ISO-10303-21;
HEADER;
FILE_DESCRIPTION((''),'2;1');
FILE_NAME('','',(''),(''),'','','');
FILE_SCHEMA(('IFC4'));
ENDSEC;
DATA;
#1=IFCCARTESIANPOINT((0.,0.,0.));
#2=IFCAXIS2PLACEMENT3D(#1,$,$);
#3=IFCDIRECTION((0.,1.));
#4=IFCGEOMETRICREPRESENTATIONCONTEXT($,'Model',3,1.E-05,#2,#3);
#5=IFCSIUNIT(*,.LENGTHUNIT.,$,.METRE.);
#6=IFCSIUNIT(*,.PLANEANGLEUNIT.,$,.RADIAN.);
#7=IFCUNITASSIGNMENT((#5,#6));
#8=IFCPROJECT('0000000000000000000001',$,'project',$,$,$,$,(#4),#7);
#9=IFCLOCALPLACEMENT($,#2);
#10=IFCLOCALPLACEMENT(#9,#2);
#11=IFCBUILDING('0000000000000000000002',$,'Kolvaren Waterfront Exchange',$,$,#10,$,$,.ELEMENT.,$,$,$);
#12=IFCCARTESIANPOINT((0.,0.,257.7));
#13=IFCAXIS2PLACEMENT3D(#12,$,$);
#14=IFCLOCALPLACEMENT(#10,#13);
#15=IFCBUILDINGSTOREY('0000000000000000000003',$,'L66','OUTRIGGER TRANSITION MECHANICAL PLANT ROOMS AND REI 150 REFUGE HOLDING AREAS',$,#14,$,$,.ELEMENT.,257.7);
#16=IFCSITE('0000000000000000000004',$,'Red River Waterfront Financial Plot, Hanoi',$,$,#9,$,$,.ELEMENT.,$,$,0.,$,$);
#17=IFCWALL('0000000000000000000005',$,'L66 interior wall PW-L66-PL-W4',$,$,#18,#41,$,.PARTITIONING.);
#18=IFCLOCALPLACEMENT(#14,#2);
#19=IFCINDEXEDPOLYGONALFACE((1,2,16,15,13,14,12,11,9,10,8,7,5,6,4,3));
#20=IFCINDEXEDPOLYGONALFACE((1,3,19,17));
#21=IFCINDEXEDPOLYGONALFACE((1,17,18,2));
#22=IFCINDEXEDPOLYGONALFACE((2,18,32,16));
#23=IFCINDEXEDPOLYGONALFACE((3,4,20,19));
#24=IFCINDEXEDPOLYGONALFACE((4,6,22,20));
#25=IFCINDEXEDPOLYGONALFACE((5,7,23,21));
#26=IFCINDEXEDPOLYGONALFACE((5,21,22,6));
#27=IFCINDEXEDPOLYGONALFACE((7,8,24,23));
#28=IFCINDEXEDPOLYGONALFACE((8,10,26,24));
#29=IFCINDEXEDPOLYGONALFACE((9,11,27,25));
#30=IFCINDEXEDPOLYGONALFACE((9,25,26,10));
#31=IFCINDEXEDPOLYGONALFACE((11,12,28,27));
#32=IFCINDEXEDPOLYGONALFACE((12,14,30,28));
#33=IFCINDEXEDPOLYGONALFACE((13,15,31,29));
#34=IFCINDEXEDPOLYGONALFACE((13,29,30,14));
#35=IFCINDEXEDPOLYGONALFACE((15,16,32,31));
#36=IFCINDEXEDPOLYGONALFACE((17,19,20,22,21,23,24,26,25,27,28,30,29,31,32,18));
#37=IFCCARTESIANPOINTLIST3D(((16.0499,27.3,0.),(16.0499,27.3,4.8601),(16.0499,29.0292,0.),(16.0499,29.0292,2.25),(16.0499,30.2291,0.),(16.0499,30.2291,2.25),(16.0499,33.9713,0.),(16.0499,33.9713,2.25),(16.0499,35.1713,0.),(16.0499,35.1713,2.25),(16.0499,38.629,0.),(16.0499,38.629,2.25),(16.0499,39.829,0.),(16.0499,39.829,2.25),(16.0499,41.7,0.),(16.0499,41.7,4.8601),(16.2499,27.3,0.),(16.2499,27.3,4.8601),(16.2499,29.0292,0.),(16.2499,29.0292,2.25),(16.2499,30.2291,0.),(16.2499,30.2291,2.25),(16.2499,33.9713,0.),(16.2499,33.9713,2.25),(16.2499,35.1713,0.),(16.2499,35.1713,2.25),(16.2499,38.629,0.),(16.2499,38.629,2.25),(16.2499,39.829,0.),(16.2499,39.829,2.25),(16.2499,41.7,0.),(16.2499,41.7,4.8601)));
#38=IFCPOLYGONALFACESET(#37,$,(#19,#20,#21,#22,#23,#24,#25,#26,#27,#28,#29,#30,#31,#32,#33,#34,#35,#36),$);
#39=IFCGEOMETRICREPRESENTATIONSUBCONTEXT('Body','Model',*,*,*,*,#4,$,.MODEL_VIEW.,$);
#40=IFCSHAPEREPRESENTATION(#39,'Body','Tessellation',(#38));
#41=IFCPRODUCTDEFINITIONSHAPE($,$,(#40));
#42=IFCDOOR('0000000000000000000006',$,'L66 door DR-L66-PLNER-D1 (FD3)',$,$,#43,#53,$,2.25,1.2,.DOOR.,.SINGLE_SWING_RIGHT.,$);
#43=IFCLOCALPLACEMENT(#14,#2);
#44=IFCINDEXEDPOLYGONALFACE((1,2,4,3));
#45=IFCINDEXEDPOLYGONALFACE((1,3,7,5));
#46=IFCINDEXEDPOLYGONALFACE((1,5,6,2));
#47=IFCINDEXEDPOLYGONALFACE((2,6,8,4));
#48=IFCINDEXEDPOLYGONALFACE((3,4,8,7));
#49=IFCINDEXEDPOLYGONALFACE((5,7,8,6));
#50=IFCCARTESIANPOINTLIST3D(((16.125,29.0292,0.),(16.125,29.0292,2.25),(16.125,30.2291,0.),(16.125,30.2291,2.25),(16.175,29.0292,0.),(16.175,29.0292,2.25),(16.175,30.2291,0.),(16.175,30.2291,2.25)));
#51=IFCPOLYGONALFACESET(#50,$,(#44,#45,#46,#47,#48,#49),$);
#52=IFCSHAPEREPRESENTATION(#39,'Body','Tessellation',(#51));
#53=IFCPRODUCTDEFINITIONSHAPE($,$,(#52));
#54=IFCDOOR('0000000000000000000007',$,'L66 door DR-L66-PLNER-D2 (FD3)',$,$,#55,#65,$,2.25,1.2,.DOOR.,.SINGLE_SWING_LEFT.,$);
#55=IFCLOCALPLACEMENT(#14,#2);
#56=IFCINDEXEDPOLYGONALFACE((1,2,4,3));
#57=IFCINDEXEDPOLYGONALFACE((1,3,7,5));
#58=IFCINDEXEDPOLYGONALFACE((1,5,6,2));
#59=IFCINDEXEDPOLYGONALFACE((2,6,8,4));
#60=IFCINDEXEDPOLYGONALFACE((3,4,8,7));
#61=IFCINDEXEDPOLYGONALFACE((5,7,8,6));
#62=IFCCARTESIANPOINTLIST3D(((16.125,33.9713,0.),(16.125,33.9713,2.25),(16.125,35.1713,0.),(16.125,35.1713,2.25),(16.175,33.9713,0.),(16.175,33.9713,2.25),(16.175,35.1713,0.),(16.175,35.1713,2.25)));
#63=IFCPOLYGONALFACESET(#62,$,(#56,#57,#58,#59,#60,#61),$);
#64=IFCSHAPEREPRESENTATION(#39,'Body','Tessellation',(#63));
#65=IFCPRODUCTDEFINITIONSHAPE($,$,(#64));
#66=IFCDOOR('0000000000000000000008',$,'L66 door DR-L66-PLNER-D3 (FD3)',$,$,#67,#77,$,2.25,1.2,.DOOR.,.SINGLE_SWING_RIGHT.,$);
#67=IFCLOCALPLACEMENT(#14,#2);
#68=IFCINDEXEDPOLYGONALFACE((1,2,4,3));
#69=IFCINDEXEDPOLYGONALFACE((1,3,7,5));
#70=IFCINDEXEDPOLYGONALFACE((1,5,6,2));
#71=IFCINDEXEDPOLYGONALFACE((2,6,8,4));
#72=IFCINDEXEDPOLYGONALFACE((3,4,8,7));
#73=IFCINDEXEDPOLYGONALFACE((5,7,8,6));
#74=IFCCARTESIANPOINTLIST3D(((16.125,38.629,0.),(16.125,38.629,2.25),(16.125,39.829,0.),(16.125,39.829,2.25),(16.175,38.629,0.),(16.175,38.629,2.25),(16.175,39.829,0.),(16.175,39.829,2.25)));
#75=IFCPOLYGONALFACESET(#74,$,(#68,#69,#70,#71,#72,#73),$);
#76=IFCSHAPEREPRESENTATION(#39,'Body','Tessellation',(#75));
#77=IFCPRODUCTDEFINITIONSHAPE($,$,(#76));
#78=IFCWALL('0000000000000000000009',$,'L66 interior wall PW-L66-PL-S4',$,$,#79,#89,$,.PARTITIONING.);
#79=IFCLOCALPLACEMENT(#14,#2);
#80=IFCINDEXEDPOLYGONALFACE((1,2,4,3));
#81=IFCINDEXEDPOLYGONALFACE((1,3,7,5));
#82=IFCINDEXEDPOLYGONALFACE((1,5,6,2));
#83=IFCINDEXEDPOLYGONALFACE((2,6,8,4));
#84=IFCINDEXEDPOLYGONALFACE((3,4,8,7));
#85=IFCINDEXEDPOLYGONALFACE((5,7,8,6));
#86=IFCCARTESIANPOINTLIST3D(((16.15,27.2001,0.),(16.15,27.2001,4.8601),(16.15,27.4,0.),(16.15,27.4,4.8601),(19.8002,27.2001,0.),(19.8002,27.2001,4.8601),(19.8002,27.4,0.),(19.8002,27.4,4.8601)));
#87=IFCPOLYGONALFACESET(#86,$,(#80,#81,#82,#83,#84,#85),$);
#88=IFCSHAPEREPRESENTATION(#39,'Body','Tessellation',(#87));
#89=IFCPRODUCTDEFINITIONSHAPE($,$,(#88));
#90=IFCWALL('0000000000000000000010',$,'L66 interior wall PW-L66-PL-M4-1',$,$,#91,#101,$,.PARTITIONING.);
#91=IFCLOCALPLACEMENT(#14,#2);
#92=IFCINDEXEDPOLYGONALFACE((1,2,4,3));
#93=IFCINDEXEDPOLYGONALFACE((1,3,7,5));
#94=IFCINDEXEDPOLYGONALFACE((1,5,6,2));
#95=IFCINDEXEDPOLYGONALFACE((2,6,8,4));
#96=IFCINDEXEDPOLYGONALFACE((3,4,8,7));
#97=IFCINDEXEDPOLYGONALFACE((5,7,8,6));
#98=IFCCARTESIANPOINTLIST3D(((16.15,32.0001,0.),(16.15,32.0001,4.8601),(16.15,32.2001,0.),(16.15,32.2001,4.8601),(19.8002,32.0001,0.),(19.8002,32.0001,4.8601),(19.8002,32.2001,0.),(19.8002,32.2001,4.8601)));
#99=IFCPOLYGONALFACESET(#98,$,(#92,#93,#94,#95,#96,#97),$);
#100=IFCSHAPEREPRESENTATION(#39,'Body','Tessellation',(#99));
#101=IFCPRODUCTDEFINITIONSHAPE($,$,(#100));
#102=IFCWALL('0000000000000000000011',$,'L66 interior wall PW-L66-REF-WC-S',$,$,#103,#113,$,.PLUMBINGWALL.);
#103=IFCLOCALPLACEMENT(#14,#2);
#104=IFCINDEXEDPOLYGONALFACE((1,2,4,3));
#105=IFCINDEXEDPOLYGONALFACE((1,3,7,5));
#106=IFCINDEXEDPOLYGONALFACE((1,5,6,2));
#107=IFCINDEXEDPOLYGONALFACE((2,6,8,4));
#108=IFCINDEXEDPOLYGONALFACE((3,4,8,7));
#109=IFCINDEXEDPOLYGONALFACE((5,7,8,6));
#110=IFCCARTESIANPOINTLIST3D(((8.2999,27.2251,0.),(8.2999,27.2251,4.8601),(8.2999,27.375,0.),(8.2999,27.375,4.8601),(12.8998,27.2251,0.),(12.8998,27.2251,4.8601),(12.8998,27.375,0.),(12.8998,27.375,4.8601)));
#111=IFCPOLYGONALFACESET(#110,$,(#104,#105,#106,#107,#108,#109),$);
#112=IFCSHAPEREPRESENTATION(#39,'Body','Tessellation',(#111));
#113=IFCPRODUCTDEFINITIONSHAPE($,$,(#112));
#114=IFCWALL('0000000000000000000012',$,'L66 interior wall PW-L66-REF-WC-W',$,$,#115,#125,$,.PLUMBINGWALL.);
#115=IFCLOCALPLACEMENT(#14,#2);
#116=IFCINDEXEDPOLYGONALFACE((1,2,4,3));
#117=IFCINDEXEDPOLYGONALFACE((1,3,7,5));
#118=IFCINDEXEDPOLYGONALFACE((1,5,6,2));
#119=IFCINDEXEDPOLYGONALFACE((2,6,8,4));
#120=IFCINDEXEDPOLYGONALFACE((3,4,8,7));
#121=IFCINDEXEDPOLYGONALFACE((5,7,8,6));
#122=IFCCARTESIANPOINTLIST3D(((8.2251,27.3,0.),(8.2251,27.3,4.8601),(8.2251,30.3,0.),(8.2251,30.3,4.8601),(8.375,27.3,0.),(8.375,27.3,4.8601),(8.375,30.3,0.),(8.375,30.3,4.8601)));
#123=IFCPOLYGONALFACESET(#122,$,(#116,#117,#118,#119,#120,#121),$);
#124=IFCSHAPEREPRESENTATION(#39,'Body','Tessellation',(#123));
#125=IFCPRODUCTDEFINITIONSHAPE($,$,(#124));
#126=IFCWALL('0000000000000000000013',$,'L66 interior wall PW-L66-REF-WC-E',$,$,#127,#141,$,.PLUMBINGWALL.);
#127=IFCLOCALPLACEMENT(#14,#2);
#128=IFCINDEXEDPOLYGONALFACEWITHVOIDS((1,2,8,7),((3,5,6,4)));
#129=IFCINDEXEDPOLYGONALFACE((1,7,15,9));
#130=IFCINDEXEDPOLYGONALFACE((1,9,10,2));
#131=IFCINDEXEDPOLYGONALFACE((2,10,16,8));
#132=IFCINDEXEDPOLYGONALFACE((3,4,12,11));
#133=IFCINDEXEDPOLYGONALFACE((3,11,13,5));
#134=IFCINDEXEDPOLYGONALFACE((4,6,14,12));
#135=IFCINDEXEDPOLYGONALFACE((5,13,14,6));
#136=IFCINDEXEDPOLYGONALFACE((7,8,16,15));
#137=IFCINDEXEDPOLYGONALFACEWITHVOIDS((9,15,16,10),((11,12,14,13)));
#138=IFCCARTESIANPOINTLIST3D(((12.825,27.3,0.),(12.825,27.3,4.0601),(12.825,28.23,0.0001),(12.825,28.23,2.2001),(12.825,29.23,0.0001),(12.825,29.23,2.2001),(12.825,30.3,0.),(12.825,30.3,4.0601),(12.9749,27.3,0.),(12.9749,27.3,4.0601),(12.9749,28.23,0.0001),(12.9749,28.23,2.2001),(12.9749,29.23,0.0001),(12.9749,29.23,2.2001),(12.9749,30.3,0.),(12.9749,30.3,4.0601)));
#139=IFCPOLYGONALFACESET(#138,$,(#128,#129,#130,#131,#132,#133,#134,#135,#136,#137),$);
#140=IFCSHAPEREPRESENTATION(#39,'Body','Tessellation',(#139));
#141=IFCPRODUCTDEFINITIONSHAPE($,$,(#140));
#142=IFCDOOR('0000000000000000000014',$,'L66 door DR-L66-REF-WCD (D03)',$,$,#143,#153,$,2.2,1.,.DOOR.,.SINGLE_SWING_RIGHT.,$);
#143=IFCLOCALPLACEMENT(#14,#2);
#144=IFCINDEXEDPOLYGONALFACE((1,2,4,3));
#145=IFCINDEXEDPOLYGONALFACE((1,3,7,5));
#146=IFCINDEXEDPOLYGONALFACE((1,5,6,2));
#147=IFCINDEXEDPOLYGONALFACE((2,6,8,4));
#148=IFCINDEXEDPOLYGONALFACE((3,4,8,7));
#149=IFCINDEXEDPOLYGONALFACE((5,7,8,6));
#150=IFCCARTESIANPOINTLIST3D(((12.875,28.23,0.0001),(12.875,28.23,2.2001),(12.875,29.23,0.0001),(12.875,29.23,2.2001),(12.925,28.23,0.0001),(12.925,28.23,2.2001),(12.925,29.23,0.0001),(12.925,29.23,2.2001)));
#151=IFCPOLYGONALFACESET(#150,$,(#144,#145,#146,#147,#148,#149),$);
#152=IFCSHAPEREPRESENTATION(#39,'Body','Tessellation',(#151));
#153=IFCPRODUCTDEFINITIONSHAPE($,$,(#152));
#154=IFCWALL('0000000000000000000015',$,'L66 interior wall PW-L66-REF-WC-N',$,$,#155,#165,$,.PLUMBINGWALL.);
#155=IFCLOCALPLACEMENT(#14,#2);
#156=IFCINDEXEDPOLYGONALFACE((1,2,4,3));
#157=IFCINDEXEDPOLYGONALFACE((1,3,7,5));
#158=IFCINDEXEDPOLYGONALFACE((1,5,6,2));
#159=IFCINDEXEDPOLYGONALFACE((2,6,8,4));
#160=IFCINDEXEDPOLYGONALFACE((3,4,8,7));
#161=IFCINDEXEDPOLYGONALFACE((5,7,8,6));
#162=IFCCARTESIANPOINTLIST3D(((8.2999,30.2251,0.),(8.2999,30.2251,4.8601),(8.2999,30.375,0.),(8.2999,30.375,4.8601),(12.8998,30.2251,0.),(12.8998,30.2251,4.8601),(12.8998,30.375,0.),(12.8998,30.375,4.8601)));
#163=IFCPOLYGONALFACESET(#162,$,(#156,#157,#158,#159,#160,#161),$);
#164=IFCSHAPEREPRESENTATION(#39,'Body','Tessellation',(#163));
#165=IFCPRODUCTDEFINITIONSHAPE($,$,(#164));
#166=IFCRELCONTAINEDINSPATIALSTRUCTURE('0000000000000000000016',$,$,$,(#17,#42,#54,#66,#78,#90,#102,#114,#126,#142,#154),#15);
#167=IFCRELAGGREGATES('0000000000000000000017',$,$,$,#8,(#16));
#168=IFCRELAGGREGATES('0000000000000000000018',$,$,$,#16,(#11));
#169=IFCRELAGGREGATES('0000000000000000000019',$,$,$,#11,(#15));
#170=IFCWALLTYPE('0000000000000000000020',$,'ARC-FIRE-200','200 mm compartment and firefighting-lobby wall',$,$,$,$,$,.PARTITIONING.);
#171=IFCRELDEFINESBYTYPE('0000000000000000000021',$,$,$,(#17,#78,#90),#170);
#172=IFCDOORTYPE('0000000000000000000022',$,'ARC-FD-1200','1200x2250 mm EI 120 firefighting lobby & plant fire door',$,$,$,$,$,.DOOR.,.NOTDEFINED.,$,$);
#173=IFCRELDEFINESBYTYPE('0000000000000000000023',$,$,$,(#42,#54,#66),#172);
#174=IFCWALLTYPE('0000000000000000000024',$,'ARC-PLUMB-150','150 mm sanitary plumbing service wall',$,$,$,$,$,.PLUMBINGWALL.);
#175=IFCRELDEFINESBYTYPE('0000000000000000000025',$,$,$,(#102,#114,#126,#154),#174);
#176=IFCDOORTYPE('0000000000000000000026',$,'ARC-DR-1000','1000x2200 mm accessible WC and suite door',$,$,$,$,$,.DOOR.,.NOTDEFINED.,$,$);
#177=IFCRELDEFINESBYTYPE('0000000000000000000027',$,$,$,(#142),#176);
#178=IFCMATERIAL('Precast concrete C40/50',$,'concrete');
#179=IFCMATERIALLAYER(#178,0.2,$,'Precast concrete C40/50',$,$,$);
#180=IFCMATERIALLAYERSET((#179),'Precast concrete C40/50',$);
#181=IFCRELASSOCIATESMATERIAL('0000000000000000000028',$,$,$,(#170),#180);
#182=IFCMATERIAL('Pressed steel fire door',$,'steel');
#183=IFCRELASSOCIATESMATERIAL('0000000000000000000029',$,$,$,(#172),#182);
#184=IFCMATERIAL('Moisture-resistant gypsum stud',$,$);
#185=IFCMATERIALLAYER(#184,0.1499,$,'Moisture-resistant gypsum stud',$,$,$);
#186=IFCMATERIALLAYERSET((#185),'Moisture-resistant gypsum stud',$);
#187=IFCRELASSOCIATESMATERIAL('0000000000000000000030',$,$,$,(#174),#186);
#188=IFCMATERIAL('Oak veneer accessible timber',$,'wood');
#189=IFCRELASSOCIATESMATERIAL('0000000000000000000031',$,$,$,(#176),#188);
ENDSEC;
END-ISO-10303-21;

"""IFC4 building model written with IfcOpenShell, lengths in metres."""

from ifc_helpers import new_model, si_unit, direction, frame, frame_2d, origin, place, context, subcontext, project, spatial, rectangle, extrude, material, layer, layer_set, type_object, element, fill, save


model = new_model("IFC4")

# Units and contexts
model_context = context("Model", 3, precision=1e-05, world=origin(), true_north=direction((0.0, 1.0)))
body_context = subcontext(model_context, "Body", "Model", "MODEL_VIEW")
ifc_project = project(units=[si_unit("LENGTHUNIT", "METRE"), si_unit("PLANEANGLEUNIT", "RADIAN")], contexts=[model_context])

# Site, building, storey
site_placement = place(None, origin())
site = spatial("IfcSite", under=ifc_project, at=site_placement, Name="Red River Waterfront Financial Plot, Hanoi", CompositionType="ELEMENT", RefElevation=0.0)
building_placement = place(site_placement, origin())
building = spatial("IfcBuilding", under=site, at=building_placement, Name="Kolvaren Waterfront Exchange", CompositionType="ELEMENT")
storey_placement = place(building_placement, frame((0.0, 0.0, 257.7)))
storey = spatial("IfcBuildingStorey", under=building, at=storey_placement, Name="L66", Description="OUTRIGGER TRANSITION MECHANICAL PLANT ROOMS AND REI 150 REFUGE HOLDING AREAS", CompositionType="ELEMENT", Elevation=257.7)

# Shared definitions
ifc_material_1 = material(Name="Precast concrete C40/50", Category="concrete")
ifc_layer_1 = layer(ifc_material_1, 0.2, Name="Precast concrete C40/50")
ifc_layer_set_1 = layer_set([ifc_layer_1], Name="Precast concrete C40/50")
wall_type_1 = type_object("IfcWallType", Name="ARC-FIRE-200", Description="200 mm compartment and firefighting-lobby wall", PredefinedType="PARTITIONING", material=ifc_layer_set_1)

# Wall, openings, doors
wall_1_placement = place(storey_placement, frame((16.1499, 27.3, 0.0), z_axis=(0.0, 0.0, 1.0), x_axis=(0.0, 1.0, 0.0)))
wall_1 = element("IfcWall", 1, at=wall_1_placement, inside=storey, type_object=wall_type_1, Name="L66 interior wall PW-L66-PL-W4", PredefinedType="PARTITIONING", context=body_context, shape_type="SweptSolid", body=[
    extrude(rectangle(XDim=14.3999, YDim=0.2, at=frame_2d((7.2, 0.0))), origin(), (0.0, 0.0, 1.0), 4.8601),
])
opening_1_placement = place(wall_1_placement, frame((1.729, 0.0, 0.0)))
opening_1 = element("IfcOpeningElement", 2, at=opening_1_placement, cuts=wall_1, PredefinedType="OPENING", context=body_context, shape_type="SweptSolid", body=[
    extrude(rectangle(XDim=1.2, YDim=2.25, at=frame_2d((0.6001, 1.125))), frame((0.0, 0.1099, 0.0), z_axis=(0.0, -1.0, 0.0), x_axis=(1.0, 0.0, 0.0)), (0.0, 0.0, 1.0), 0.22),
])
opening_2_placement = place(wall_1_placement, frame((6.6711, 0.0, 0.0)))
opening_2 = element("IfcOpeningElement", 3, at=opening_2_placement, cuts=wall_1, PredefinedType="OPENING", context=body_context, shape_type="SweptSolid", body=[
    extrude(rectangle(XDim=1.2, YDim=2.25, at=frame_2d((0.6001, 1.125))), frame((0.0, 0.1099, 0.0), z_axis=(0.0, -1.0, 0.0), x_axis=(1.0, 0.0, 0.0)), (0.0, 0.0, 1.0), 0.22),
])
opening_3_placement = place(wall_1_placement, frame((11.3289, 0.0, 0.0)))
opening_3 = element("IfcOpeningElement", 4, at=opening_3_placement, cuts=wall_1, PredefinedType="OPENING", context=body_context, shape_type="SweptSolid", body=[
    extrude(rectangle(XDim=1.2, YDim=2.25, at=frame_2d((0.6001, 1.125))), frame((0.0, 0.1099, 0.0), z_axis=(0.0, -1.0, 0.0), x_axis=(1.0, 0.0, 0.0)), (0.0, 0.0, 1.0), 0.22),
])
ifc_material_2 = material(Name="Pressed steel fire door", Category="steel")
door_type_1 = type_object("IfcDoorType", Name="ARC-FD-1200", Description="1200x2250 mm EI 120 firefighting lobby & plant fire door", OperationType="NOTDEFINED", PredefinedType="DOOR", material=ifc_material_2)
door_1_placement = place(opening_1_placement, origin())
door_1 = element("IfcDoor", 5, at=door_1_placement, inside=storey, type_object=door_type_1, Name="L66 door DR-L66-PLNER-D1 (FD3)", OperationType="SINGLE_SWING_RIGHT", OverallHeight=2.25, OverallWidth=1.2, PredefinedType="DOOR", context=body_context, shape_type="SweptSolid", body=[
    extrude(rectangle(XDim=1.2, YDim=2.25, at=frame_2d((0.6001, 1.125))), frame((0.0, 0.0249, 0.0), z_axis=(0.0, -1.0, 0.0), x_axis=(1.0, 0.0, 0.0)), (0.0, 0.0, 1.0), 0.05),
])
fill(opening_1, door_1)
door_2_placement = place(opening_2_placement, origin())
door_2 = element("IfcDoor", 6, at=door_2_placement, inside=storey, type_object=door_type_1, Name="L66 door DR-L66-PLNER-D2 (FD3)", OperationType="SINGLE_SWING_LEFT", OverallHeight=2.25, OverallWidth=1.2, PredefinedType="DOOR", context=body_context, shape_type="SweptSolid", body=[
    extrude(rectangle(XDim=1.2, YDim=2.25, at=frame_2d((0.6001, 1.125))), frame((0.0, 0.0249, 0.0), z_axis=(0.0, -1.0, 0.0), x_axis=(1.0, 0.0, 0.0)), (0.0, 0.0, 1.0), 0.05),
])
fill(opening_2, door_2)
door_3_placement = place(opening_3_placement, origin())
door_3 = element("IfcDoor", 7, at=door_3_placement, inside=storey, type_object=door_type_1, Name="L66 door DR-L66-PLNER-D3 (FD3)", OperationType="SINGLE_SWING_RIGHT", OverallHeight=2.25, OverallWidth=1.2, PredefinedType="DOOR", context=body_context, shape_type="SweptSolid", body=[
    extrude(rectangle(XDim=1.2, YDim=2.25, at=frame_2d((0.6001, 1.125))), frame((0.0, 0.0249, 0.0), z_axis=(0.0, -1.0, 0.0), x_axis=(1.0, 0.0, 0.0)), (0.0, 0.0, 1.0), 0.05),
])
fill(opening_3, door_3)

# Walls
for number, where, z_axis, x_axis, name in (
    (8, (16.1499, 27.3, 0.0), (0.0, 0.0, 1.0), (1.0, 0.0, 0.0), "L66 interior wall PW-L66-PL-S4"),
    (9, (16.1499, 32.1001, 0.0), (0.0, 0.0, 1.0), (1.0, 0.0, 0.0), "L66 interior wall PW-L66-PL-M4-1"),
):
    element("IfcWall", number, at=place(storey_placement, frame(where, z_axis=z_axis, x_axis=x_axis)), inside=storey, type_object=wall_type_1, Name=name, PredefinedType="PARTITIONING", context=body_context, shape_type="SweptSolid", body=[
        extrude(rectangle(XDim=3.6501, YDim=0.2, at=frame_2d((1.8252, 0.0))), origin(), (0.0, 0.0, 1.0), 4.8601),
    ])
ifc_material_3 = material(Name="Moisture-resistant gypsum stud")
ifc_layer_2 = layer(ifc_material_3, 0.1499, Name="Moisture-resistant gypsum stud")
ifc_layer_set_2 = layer_set([ifc_layer_2], Name="Moisture-resistant gypsum stud")
wall_type_2 = type_object("IfcWallType", Name="ARC-PLUMB-150", Description="150 mm sanitary plumbing service wall", PredefinedType="PLUMBINGWALL", material=ifc_layer_set_2)
wall_2_placement = place(storey_placement, frame((8.3, 27.3, 0.0), z_axis=(0.0, 0.0, 1.0), x_axis=(1.0, 0.0, 0.0)))
element("IfcWall", 10, at=wall_2_placement, inside=storey, type_object=wall_type_2, Name="L66 interior wall PW-L66-REF-WC-S", PredefinedType="PLUMBINGWALL", context=body_context, shape_type="SweptSolid", body=[
    extrude(rectangle(XDim=4.5999, YDim=0.1499, at=frame_2d((2.2998, 0.0))), origin(), (0.0, 0.0, 1.0), 4.8601),
])
wall_3_placement = place(storey_placement, frame((8.3, 27.3, 0.0), z_axis=(0.0, 0.0, 1.0), x_axis=(0.0, 1.0, 0.0)))
element("IfcWall", 11, at=wall_3_placement, inside=storey, type_object=wall_type_2, Name="L66 interior wall PW-L66-REF-WC-W", PredefinedType="PLUMBINGWALL", context=body_context, shape_type="SweptSolid", body=[
    extrude(rectangle(XDim=3.0, YDim=0.1499, at=frame_2d((1.5, 0.0))), origin(), (0.0, 0.0, 1.0), 4.8601),
])

# Wall, opening, door
wall_4_placement = place(storey_placement, frame((12.8999, 27.3, 0.0), z_axis=(0.0, 0.0, 1.0), x_axis=(0.0, 1.0, 0.0)))
wall_4 = element("IfcWall", 12, at=wall_4_placement, inside=storey, type_object=wall_type_2, Name="L66 interior wall PW-L66-REF-WC-E", PredefinedType="PLUMBINGWALL", context=body_context, shape_type="SweptSolid", body=[
    extrude(rectangle(XDim=3.0, YDim=0.1499, at=frame_2d((1.5, 0.0))), origin(), (0.0, 0.0, 1.0), 4.0601),
])
opening_4_placement = place(wall_4_placement, frame((0.9299, 0.0, 0.0)))
opening_4 = element("IfcOpeningElement", 13, at=opening_4_placement, cuts=wall_4, PredefinedType="OPENING", context=body_context, shape_type="SweptSolid", body=[
    extrude(rectangle(XDim=1.0, YDim=2.2, at=frame_2d((0.5, 1.1001))), frame((0.0, 0.085, 0.0), z_axis=(0.0, -1.0, 0.0), x_axis=(1.0, 0.0, 0.0)), (0.0, 0.0, 1.0), 0.1699),
])
ifc_material_4 = material(Name="Oak veneer accessible timber", Category="wood")
door_type_2 = type_object("IfcDoorType", Name="ARC-DR-1000", Description="1000x2200 mm accessible WC and suite door", OperationType="NOTDEFINED", PredefinedType="DOOR", material=ifc_material_4)
door_4_placement = place(opening_4_placement, origin())
door_4 = element("IfcDoor", 14, at=door_4_placement, inside=storey, type_object=door_type_2, Name="L66 door DR-L66-REF-WCD (D03)", OperationType="SINGLE_SWING_RIGHT", OverallHeight=2.2, OverallWidth=1.0, PredefinedType="DOOR", context=body_context, shape_type="SweptSolid", body=[
    extrude(rectangle(XDim=1.0, YDim=2.2, at=frame_2d((0.5, 1.1001))), frame((0.0, 0.0249, 0.0), z_axis=(0.0, -1.0, 0.0), x_axis=(1.0, 0.0, 0.0)), (0.0, 0.0, 1.0), 0.05),
])
fill(opening_4, door_4)

# Wall
wall_5_placement = place(storey_placement, frame((8.3, 30.3, 0.0), z_axis=(0.0, 0.0, 1.0), x_axis=(1.0, 0.0, 0.0)))
element("IfcWall", 15, at=wall_5_placement, inside=storey, type_object=wall_type_2, Name="L66 interior wall PW-L66-REF-WC-N", PredefinedType="PLUMBINGWALL", context=body_context, shape_type="SweptSolid", body=[
    extrude(rectangle(XDim=4.5999, YDim=0.1499, at=frame_2d((2.2998, 0.0))), origin(), (0.0, 0.0, 1.0), 4.8601),
])

save(model, "model.ifc")
